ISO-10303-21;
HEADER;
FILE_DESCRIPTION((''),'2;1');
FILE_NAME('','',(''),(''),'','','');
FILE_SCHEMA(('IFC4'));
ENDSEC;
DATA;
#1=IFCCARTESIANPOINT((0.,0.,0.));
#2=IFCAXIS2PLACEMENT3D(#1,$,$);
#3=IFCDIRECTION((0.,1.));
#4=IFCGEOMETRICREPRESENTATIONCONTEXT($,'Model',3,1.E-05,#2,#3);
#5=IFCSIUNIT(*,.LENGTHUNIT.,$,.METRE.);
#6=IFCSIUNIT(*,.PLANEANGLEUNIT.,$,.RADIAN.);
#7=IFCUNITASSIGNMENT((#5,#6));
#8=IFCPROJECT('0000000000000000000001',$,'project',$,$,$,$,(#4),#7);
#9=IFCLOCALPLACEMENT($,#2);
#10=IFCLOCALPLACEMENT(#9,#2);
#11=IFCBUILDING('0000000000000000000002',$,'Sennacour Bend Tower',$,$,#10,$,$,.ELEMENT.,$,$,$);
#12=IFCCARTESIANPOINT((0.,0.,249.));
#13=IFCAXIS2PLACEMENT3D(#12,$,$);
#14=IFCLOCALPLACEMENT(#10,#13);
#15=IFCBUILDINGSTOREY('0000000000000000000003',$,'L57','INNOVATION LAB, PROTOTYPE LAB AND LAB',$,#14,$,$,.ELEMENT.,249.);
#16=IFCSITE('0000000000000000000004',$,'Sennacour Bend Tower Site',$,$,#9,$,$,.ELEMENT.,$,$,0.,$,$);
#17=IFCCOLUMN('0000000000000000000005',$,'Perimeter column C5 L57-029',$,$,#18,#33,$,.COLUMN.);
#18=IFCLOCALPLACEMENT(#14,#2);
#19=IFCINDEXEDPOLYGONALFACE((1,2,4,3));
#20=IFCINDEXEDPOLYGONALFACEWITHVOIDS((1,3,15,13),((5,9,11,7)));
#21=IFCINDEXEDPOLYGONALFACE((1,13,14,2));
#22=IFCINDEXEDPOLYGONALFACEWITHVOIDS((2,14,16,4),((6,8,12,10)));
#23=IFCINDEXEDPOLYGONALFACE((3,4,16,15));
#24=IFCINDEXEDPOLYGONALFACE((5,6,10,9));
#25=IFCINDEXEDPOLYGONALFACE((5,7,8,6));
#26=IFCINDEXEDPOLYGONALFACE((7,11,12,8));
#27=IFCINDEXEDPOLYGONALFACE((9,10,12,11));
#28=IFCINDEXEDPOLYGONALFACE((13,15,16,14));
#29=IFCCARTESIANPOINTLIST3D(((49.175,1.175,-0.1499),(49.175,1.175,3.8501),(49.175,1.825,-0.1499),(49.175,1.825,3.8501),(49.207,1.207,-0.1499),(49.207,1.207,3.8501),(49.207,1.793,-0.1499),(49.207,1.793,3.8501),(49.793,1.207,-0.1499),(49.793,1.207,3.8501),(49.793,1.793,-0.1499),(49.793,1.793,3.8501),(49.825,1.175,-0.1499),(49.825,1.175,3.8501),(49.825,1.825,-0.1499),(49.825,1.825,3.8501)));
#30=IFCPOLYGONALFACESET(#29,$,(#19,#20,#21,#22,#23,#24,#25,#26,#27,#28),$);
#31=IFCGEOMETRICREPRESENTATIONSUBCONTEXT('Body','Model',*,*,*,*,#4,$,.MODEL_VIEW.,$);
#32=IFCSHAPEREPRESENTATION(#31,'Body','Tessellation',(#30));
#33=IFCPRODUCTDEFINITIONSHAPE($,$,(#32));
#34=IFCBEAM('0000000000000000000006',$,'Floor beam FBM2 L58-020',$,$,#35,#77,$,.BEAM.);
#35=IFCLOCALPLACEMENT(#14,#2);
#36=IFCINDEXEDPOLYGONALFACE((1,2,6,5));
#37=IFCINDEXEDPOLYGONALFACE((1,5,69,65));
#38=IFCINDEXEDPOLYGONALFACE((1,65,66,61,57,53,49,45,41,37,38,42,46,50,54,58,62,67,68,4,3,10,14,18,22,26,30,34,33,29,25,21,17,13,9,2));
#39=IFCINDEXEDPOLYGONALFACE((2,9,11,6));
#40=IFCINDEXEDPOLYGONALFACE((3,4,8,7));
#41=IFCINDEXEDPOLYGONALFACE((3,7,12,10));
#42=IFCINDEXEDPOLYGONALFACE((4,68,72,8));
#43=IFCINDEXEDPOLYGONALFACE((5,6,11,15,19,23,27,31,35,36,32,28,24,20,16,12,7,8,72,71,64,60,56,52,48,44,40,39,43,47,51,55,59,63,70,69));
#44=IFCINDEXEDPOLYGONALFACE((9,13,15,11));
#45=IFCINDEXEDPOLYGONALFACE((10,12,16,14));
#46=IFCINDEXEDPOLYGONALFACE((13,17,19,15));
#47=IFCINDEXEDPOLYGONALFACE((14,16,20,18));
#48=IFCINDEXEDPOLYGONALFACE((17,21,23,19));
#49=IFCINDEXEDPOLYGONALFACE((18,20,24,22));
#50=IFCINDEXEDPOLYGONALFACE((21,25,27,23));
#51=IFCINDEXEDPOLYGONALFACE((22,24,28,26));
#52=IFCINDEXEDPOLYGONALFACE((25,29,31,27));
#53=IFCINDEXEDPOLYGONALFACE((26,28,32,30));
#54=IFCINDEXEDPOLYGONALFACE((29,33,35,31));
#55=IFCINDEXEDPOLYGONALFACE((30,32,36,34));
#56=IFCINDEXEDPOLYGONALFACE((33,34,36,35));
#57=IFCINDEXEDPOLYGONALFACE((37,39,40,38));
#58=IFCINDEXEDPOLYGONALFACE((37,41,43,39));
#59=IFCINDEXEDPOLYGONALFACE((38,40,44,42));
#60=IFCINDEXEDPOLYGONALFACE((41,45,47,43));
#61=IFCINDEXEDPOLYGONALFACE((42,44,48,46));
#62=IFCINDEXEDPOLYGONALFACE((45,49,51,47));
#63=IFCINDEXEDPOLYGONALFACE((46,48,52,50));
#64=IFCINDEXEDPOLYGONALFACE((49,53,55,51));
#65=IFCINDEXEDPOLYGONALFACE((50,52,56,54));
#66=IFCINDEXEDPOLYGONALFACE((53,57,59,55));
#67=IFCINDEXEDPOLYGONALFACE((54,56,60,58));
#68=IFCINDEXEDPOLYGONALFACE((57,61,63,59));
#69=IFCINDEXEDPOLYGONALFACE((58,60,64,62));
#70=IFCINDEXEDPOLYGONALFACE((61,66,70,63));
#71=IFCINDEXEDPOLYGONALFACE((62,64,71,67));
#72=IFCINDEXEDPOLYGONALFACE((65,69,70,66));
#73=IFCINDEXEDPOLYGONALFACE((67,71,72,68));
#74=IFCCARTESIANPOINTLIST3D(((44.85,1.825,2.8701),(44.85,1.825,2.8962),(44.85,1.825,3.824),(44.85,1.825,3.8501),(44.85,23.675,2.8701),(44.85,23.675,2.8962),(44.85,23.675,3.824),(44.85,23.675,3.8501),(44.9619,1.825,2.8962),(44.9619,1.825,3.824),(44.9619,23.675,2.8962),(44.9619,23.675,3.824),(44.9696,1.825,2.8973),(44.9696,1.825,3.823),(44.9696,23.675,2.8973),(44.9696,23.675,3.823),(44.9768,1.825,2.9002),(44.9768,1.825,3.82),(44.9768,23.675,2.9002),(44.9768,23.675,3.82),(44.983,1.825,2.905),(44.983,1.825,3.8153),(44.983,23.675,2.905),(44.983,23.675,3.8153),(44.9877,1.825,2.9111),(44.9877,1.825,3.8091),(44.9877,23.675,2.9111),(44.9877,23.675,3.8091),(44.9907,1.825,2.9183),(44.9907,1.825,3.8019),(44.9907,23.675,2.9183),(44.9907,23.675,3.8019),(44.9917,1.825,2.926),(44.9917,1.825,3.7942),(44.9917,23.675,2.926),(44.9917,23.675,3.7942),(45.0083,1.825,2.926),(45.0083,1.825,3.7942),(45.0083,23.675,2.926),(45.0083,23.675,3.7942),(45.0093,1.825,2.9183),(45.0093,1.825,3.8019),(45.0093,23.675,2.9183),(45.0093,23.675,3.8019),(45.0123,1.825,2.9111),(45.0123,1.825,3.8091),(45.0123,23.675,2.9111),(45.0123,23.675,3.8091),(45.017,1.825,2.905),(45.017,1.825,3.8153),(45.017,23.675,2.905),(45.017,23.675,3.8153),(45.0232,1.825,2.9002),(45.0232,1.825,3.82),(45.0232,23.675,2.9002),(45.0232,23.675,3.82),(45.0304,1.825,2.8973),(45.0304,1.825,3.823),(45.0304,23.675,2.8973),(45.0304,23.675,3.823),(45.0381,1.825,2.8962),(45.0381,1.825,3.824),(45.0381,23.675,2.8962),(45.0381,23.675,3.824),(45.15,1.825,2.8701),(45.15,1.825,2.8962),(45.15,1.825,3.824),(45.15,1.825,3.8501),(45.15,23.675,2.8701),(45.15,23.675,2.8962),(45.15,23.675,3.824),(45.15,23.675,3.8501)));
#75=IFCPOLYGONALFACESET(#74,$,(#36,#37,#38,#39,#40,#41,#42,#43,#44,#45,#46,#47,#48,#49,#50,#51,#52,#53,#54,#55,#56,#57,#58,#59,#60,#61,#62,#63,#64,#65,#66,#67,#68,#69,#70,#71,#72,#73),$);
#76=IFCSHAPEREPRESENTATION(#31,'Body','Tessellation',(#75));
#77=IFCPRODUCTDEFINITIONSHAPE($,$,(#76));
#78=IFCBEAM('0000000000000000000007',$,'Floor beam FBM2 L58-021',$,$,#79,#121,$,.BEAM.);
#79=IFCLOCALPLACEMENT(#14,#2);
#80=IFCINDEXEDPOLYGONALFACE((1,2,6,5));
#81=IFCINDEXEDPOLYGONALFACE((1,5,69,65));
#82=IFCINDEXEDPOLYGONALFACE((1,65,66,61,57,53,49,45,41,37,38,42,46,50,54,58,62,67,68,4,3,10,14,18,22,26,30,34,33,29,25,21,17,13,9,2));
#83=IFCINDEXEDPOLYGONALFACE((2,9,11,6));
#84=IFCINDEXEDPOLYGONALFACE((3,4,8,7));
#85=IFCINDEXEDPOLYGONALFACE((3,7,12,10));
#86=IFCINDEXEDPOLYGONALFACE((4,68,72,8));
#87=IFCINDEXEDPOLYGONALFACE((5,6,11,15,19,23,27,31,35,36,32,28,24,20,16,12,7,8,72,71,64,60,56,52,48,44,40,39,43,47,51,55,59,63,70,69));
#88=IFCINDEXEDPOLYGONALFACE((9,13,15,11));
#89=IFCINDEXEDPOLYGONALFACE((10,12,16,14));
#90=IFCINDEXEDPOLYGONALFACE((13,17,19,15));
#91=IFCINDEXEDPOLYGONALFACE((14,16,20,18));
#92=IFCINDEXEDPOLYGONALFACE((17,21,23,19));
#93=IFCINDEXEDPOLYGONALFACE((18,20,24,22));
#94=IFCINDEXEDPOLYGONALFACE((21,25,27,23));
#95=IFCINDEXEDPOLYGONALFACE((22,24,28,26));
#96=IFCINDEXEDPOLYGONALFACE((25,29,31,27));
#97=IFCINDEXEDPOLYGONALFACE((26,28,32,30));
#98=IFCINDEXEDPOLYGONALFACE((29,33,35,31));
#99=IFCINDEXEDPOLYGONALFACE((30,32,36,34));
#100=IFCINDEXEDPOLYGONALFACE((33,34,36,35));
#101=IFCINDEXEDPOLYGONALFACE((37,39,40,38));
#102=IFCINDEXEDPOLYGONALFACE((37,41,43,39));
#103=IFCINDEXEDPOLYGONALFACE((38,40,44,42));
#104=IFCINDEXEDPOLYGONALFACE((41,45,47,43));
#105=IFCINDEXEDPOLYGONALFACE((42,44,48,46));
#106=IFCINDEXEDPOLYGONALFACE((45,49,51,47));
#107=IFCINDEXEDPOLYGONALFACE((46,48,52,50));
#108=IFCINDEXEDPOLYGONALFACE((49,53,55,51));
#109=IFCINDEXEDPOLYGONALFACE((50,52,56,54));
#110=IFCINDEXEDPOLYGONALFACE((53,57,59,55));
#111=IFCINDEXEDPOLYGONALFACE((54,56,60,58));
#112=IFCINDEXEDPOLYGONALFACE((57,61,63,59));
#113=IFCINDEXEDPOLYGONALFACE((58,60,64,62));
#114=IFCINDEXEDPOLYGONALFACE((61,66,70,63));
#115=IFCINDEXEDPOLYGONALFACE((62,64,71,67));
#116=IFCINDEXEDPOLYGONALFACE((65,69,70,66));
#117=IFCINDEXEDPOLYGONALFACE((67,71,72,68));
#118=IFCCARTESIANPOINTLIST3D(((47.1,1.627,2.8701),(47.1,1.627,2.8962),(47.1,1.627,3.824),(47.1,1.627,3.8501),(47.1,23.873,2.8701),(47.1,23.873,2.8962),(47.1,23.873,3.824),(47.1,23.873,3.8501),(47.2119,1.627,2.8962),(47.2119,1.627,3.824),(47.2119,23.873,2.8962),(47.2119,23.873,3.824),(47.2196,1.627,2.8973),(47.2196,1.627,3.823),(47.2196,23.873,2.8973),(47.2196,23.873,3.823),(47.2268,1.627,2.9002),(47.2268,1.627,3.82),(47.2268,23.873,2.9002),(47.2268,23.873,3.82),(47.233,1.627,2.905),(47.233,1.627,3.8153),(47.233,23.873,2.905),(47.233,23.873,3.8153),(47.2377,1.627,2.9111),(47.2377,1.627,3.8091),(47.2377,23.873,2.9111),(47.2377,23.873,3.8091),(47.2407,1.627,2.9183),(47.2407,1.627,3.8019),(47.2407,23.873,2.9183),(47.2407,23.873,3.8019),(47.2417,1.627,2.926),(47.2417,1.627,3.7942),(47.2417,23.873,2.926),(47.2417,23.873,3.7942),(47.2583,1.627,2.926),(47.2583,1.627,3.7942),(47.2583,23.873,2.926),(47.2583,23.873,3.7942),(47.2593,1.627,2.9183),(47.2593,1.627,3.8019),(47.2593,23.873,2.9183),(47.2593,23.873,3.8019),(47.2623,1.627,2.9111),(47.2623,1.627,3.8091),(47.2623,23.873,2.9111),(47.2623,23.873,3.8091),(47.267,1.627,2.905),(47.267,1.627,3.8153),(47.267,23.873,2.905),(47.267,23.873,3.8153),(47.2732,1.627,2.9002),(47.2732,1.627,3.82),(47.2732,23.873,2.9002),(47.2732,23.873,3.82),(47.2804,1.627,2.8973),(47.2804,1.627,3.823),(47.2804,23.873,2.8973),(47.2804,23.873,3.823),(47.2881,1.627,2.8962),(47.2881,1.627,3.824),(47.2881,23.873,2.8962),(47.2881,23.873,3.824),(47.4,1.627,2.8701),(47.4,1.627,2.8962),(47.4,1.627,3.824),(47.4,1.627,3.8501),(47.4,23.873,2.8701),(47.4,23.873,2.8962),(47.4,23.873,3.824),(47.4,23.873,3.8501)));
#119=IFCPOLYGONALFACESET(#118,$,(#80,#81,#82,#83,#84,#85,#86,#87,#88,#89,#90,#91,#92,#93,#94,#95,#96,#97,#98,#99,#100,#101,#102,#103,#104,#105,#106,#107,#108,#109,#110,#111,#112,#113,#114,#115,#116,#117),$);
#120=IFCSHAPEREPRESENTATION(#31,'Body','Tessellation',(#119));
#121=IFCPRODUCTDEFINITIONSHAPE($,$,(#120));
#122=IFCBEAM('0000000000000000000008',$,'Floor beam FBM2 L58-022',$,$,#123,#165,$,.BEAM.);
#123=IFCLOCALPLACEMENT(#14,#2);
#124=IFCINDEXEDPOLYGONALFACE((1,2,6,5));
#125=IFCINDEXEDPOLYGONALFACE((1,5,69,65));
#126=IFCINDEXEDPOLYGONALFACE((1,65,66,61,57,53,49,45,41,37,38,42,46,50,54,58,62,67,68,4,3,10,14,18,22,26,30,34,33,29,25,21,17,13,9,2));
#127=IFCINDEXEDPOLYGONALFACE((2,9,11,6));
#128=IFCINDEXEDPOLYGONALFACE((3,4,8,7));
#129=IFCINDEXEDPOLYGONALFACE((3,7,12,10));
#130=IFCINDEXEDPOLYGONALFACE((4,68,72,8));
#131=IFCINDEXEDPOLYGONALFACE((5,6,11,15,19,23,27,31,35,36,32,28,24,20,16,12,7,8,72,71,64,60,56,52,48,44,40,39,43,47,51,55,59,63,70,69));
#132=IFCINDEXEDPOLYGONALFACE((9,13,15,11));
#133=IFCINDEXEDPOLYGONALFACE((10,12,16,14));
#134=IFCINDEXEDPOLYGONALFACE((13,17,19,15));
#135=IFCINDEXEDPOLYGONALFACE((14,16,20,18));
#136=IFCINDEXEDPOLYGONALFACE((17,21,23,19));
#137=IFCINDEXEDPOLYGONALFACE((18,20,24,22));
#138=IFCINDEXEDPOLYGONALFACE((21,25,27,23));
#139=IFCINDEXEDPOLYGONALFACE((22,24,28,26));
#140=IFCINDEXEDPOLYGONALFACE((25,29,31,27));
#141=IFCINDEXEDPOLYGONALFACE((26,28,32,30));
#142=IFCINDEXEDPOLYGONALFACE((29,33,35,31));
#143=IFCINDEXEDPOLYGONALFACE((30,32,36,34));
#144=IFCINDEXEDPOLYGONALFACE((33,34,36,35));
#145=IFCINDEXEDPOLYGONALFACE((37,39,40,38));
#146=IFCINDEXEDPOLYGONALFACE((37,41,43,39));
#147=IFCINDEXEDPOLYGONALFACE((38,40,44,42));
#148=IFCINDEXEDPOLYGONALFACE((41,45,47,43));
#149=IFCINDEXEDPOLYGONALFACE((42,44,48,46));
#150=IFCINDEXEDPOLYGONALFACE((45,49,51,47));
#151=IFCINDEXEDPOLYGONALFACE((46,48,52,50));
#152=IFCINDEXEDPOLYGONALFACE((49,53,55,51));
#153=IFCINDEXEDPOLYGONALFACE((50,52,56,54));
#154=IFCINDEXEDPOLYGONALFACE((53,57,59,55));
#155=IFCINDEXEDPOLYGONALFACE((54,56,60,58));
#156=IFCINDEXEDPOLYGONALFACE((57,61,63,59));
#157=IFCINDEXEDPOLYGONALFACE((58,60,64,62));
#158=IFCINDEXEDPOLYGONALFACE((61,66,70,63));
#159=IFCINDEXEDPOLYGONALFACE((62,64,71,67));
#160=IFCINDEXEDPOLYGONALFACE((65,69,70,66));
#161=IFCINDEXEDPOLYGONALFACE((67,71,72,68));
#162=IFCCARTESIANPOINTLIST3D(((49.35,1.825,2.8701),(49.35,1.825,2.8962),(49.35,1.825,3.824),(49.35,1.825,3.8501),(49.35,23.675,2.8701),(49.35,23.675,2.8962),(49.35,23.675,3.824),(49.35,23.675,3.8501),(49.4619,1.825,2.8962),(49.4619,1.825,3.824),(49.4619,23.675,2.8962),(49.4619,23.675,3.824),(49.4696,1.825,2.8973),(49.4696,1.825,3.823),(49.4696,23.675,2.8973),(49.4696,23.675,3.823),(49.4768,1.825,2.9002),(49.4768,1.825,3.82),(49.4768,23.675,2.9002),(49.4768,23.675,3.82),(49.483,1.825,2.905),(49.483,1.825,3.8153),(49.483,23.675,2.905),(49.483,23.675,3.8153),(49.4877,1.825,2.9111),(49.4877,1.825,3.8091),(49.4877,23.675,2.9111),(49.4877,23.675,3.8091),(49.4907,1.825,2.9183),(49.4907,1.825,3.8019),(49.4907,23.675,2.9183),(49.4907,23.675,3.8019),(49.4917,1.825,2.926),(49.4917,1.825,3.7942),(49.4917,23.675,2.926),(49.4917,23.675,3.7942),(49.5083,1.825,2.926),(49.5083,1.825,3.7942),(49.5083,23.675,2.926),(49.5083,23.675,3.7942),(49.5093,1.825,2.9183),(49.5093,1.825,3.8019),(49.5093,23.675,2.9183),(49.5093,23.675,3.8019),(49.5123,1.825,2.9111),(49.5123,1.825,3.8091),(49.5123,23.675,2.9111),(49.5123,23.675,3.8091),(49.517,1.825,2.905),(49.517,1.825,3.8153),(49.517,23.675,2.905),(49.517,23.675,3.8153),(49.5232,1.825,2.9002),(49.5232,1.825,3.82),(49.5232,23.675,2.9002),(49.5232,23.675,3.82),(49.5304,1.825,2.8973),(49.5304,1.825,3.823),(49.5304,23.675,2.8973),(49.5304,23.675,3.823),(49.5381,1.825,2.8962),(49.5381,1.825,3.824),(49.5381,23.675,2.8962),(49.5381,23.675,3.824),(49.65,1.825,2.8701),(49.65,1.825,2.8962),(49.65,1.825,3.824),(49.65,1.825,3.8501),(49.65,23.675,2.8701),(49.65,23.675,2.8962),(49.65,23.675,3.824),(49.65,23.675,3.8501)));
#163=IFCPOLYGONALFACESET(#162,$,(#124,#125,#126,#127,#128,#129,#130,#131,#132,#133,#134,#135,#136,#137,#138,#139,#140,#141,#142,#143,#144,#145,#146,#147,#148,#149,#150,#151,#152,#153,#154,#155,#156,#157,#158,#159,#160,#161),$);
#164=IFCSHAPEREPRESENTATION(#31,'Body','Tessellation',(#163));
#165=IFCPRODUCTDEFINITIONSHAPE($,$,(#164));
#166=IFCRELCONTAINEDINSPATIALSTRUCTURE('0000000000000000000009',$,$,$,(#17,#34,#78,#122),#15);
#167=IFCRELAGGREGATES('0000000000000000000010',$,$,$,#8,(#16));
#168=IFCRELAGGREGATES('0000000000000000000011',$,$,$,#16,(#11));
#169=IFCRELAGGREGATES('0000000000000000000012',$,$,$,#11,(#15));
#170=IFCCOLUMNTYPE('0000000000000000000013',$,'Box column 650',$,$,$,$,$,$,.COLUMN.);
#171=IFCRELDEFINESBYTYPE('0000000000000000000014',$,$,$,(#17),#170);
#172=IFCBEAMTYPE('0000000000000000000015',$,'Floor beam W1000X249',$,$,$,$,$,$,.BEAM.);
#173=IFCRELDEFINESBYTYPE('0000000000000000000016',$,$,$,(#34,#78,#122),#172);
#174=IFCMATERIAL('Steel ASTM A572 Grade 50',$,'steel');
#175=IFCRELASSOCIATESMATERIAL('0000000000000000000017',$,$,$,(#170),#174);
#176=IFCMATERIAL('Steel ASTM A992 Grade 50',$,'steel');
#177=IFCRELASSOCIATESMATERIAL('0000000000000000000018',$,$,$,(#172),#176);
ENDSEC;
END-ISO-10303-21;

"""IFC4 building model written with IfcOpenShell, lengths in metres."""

from ifc_helpers import new_model, si_unit, direction, frame, origin, origin_2d, place, context, subcontext, project, spatial, hollow_rectangle, i_section, extrude, material, material_profile, profile_set, type_object, element, save


model = new_model("IFC4")

# Units and contexts
model_context = context("Model", 3, precision=1e-05, world=origin(), true_north=direction((0.0, 1.0)))
body_context = subcontext(model_context, "Body", "Model", "MODEL_VIEW")
ifc_project = project(units=[si_unit("LENGTHUNIT", "METRE"), si_unit("PLANEANGLEUNIT", "RADIAN")], contexts=[model_context])

# Site, building, storey
site_placement = place(None, origin())
site = spatial("IfcSite", under=ifc_project, at=site_placement, Name="Sennacour Bend Tower Site", CompositionType="ELEMENT", RefElevation=0.0)
building_placement = place(site_placement, origin())
building = spatial("IfcBuilding", under=site, at=building_placement, Name="Sennacour Bend Tower", CompositionType="ELEMENT")
storey_placement = place(building_placement, frame((0.0, 0.0, 249.0)))
storey = spatial("IfcBuildingStorey", under=building, at=storey_placement, Name="L57", Description="INNOVATION LAB, PROTOTYPE LAB AND LAB", CompositionType="ELEMENT", Elevation=249.0)

# Column
ifc_material_1 = material(Name="Steel ASTM A572 Grade 50", Category="steel")
ifc_material_profile_1 = material_profile(ifc_material_1, hollow_rectangle(XDim=0.6499, YDim=0.6499, WallThickness=0.032, at=origin_2d()), Name="Steel ASTM A572 Grade 50", Category="steel")
ifc_profile_set_1 = profile_set([ifc_material_profile_1], Name="Steel ASTM A572 Grade 50")
column_type = type_object("IfcColumnType", Name="Box column 650", PredefinedType="COLUMN", material=ifc_profile_set_1)
column_placement = place(storey_placement, frame((49.5, 1.5, -0.1499), z_axis=(0.0, 0.0, 1.0), x_axis=(1.0, 0.0, 0.0)))
element("IfcColumn", 1, at=column_placement, inside=storey, type_object=column_type, Name="Perimeter column C5 L57-029", PredefinedType="COLUMN", context=body_context, shape_type="SweptSolid", body=[
    extrude(hollow_rectangle(XDim=0.6499, YDim=0.6499, WallThickness=0.032, at=origin_2d()), origin(), (0.0, 0.0, 1.0), 4.0),
])

# Beams
ifc_material_2 = material(Name="Steel ASTM A992 Grade 50", Category="steel")
ifc_material_profile_2 = material_profile(ifc_material_2, i_section(OverallWidth=0.3, OverallDepth=0.98, WebThickness=0.0166, FlangeThickness=0.0261, FilletRadius=0.0298, at=origin_2d()), Name="Steel ASTM A992 Grade 50", Category="steel")
ifc_profile_set_2 = profile_set([ifc_material_profile_2], Name="Steel ASTM A992 Grade 50")
beam_type_1 = type_object("IfcBeamType", Name="Floor beam W1000X249", PredefinedType="BEAM", material=ifc_profile_set_2)
beam_1_placement = place(storey_placement, frame((45.0, 1.825, 3.3601), z_axis=(0.0, 1.0, 0.0), x_axis=(-1.0, 0.0, 0.0)))
element("IfcBeam", 2, at=beam_1_placement, inside=storey, type_object=beam_type_1, Name="Floor beam FBM2 L58-020", PredefinedType="BEAM", context=body_context, shape_type="SweptSolid", body=[
    extrude(i_section(OverallWidth=0.3, OverallDepth=0.98, WebThickness=0.0166, FlangeThickness=0.0261, FilletRadius=0.0298, at=origin_2d()), origin(), (0.0, 0.0, 1.0), 21.8501),
])
beam_2_placement = place(storey_placement, frame((47.25, 1.627, 3.3601), z_axis=(0.0, 1.0, 0.0), x_axis=(-1.0, 0.0, 0.0)))
element("IfcBeam", 3, at=beam_2_placement, inside=storey, type_object=beam_type_1, Name="Floor beam FBM2 L58-021", PredefinedType="BEAM", context=body_context, shape_type="SweptSolid", body=[
    extrude(i_section(OverallWidth=0.3, OverallDepth=0.98, WebThickness=0.0166, FlangeThickness=0.0261, FilletRadius=0.0298, at=origin_2d()), origin(), (0.0, 0.0, 1.0), 22.2461),
])
beam_3_placement = place(storey_placement, frame((49.5, 1.825, 3.3601), z_axis=(0.0, 1.0, 0.0), x_axis=(-1.0, 0.0, 0.0)))
element("IfcBeam", 4, at=beam_3_placement, inside=storey, type_object=beam_type_1, Name="Floor beam FBM2 L58-022", PredefinedType="BEAM", context=body_context, shape_type="SweptSolid", body=[
    extrude(i_section(OverallWidth=0.3, OverallDepth=0.98, WebThickness=0.0166, FlangeThickness=0.0261, FilletRadius=0.0298, at=origin_2d()), origin(), (0.0, 0.0, 1.0), 21.8501),
])

save(model, "model.ifc")
